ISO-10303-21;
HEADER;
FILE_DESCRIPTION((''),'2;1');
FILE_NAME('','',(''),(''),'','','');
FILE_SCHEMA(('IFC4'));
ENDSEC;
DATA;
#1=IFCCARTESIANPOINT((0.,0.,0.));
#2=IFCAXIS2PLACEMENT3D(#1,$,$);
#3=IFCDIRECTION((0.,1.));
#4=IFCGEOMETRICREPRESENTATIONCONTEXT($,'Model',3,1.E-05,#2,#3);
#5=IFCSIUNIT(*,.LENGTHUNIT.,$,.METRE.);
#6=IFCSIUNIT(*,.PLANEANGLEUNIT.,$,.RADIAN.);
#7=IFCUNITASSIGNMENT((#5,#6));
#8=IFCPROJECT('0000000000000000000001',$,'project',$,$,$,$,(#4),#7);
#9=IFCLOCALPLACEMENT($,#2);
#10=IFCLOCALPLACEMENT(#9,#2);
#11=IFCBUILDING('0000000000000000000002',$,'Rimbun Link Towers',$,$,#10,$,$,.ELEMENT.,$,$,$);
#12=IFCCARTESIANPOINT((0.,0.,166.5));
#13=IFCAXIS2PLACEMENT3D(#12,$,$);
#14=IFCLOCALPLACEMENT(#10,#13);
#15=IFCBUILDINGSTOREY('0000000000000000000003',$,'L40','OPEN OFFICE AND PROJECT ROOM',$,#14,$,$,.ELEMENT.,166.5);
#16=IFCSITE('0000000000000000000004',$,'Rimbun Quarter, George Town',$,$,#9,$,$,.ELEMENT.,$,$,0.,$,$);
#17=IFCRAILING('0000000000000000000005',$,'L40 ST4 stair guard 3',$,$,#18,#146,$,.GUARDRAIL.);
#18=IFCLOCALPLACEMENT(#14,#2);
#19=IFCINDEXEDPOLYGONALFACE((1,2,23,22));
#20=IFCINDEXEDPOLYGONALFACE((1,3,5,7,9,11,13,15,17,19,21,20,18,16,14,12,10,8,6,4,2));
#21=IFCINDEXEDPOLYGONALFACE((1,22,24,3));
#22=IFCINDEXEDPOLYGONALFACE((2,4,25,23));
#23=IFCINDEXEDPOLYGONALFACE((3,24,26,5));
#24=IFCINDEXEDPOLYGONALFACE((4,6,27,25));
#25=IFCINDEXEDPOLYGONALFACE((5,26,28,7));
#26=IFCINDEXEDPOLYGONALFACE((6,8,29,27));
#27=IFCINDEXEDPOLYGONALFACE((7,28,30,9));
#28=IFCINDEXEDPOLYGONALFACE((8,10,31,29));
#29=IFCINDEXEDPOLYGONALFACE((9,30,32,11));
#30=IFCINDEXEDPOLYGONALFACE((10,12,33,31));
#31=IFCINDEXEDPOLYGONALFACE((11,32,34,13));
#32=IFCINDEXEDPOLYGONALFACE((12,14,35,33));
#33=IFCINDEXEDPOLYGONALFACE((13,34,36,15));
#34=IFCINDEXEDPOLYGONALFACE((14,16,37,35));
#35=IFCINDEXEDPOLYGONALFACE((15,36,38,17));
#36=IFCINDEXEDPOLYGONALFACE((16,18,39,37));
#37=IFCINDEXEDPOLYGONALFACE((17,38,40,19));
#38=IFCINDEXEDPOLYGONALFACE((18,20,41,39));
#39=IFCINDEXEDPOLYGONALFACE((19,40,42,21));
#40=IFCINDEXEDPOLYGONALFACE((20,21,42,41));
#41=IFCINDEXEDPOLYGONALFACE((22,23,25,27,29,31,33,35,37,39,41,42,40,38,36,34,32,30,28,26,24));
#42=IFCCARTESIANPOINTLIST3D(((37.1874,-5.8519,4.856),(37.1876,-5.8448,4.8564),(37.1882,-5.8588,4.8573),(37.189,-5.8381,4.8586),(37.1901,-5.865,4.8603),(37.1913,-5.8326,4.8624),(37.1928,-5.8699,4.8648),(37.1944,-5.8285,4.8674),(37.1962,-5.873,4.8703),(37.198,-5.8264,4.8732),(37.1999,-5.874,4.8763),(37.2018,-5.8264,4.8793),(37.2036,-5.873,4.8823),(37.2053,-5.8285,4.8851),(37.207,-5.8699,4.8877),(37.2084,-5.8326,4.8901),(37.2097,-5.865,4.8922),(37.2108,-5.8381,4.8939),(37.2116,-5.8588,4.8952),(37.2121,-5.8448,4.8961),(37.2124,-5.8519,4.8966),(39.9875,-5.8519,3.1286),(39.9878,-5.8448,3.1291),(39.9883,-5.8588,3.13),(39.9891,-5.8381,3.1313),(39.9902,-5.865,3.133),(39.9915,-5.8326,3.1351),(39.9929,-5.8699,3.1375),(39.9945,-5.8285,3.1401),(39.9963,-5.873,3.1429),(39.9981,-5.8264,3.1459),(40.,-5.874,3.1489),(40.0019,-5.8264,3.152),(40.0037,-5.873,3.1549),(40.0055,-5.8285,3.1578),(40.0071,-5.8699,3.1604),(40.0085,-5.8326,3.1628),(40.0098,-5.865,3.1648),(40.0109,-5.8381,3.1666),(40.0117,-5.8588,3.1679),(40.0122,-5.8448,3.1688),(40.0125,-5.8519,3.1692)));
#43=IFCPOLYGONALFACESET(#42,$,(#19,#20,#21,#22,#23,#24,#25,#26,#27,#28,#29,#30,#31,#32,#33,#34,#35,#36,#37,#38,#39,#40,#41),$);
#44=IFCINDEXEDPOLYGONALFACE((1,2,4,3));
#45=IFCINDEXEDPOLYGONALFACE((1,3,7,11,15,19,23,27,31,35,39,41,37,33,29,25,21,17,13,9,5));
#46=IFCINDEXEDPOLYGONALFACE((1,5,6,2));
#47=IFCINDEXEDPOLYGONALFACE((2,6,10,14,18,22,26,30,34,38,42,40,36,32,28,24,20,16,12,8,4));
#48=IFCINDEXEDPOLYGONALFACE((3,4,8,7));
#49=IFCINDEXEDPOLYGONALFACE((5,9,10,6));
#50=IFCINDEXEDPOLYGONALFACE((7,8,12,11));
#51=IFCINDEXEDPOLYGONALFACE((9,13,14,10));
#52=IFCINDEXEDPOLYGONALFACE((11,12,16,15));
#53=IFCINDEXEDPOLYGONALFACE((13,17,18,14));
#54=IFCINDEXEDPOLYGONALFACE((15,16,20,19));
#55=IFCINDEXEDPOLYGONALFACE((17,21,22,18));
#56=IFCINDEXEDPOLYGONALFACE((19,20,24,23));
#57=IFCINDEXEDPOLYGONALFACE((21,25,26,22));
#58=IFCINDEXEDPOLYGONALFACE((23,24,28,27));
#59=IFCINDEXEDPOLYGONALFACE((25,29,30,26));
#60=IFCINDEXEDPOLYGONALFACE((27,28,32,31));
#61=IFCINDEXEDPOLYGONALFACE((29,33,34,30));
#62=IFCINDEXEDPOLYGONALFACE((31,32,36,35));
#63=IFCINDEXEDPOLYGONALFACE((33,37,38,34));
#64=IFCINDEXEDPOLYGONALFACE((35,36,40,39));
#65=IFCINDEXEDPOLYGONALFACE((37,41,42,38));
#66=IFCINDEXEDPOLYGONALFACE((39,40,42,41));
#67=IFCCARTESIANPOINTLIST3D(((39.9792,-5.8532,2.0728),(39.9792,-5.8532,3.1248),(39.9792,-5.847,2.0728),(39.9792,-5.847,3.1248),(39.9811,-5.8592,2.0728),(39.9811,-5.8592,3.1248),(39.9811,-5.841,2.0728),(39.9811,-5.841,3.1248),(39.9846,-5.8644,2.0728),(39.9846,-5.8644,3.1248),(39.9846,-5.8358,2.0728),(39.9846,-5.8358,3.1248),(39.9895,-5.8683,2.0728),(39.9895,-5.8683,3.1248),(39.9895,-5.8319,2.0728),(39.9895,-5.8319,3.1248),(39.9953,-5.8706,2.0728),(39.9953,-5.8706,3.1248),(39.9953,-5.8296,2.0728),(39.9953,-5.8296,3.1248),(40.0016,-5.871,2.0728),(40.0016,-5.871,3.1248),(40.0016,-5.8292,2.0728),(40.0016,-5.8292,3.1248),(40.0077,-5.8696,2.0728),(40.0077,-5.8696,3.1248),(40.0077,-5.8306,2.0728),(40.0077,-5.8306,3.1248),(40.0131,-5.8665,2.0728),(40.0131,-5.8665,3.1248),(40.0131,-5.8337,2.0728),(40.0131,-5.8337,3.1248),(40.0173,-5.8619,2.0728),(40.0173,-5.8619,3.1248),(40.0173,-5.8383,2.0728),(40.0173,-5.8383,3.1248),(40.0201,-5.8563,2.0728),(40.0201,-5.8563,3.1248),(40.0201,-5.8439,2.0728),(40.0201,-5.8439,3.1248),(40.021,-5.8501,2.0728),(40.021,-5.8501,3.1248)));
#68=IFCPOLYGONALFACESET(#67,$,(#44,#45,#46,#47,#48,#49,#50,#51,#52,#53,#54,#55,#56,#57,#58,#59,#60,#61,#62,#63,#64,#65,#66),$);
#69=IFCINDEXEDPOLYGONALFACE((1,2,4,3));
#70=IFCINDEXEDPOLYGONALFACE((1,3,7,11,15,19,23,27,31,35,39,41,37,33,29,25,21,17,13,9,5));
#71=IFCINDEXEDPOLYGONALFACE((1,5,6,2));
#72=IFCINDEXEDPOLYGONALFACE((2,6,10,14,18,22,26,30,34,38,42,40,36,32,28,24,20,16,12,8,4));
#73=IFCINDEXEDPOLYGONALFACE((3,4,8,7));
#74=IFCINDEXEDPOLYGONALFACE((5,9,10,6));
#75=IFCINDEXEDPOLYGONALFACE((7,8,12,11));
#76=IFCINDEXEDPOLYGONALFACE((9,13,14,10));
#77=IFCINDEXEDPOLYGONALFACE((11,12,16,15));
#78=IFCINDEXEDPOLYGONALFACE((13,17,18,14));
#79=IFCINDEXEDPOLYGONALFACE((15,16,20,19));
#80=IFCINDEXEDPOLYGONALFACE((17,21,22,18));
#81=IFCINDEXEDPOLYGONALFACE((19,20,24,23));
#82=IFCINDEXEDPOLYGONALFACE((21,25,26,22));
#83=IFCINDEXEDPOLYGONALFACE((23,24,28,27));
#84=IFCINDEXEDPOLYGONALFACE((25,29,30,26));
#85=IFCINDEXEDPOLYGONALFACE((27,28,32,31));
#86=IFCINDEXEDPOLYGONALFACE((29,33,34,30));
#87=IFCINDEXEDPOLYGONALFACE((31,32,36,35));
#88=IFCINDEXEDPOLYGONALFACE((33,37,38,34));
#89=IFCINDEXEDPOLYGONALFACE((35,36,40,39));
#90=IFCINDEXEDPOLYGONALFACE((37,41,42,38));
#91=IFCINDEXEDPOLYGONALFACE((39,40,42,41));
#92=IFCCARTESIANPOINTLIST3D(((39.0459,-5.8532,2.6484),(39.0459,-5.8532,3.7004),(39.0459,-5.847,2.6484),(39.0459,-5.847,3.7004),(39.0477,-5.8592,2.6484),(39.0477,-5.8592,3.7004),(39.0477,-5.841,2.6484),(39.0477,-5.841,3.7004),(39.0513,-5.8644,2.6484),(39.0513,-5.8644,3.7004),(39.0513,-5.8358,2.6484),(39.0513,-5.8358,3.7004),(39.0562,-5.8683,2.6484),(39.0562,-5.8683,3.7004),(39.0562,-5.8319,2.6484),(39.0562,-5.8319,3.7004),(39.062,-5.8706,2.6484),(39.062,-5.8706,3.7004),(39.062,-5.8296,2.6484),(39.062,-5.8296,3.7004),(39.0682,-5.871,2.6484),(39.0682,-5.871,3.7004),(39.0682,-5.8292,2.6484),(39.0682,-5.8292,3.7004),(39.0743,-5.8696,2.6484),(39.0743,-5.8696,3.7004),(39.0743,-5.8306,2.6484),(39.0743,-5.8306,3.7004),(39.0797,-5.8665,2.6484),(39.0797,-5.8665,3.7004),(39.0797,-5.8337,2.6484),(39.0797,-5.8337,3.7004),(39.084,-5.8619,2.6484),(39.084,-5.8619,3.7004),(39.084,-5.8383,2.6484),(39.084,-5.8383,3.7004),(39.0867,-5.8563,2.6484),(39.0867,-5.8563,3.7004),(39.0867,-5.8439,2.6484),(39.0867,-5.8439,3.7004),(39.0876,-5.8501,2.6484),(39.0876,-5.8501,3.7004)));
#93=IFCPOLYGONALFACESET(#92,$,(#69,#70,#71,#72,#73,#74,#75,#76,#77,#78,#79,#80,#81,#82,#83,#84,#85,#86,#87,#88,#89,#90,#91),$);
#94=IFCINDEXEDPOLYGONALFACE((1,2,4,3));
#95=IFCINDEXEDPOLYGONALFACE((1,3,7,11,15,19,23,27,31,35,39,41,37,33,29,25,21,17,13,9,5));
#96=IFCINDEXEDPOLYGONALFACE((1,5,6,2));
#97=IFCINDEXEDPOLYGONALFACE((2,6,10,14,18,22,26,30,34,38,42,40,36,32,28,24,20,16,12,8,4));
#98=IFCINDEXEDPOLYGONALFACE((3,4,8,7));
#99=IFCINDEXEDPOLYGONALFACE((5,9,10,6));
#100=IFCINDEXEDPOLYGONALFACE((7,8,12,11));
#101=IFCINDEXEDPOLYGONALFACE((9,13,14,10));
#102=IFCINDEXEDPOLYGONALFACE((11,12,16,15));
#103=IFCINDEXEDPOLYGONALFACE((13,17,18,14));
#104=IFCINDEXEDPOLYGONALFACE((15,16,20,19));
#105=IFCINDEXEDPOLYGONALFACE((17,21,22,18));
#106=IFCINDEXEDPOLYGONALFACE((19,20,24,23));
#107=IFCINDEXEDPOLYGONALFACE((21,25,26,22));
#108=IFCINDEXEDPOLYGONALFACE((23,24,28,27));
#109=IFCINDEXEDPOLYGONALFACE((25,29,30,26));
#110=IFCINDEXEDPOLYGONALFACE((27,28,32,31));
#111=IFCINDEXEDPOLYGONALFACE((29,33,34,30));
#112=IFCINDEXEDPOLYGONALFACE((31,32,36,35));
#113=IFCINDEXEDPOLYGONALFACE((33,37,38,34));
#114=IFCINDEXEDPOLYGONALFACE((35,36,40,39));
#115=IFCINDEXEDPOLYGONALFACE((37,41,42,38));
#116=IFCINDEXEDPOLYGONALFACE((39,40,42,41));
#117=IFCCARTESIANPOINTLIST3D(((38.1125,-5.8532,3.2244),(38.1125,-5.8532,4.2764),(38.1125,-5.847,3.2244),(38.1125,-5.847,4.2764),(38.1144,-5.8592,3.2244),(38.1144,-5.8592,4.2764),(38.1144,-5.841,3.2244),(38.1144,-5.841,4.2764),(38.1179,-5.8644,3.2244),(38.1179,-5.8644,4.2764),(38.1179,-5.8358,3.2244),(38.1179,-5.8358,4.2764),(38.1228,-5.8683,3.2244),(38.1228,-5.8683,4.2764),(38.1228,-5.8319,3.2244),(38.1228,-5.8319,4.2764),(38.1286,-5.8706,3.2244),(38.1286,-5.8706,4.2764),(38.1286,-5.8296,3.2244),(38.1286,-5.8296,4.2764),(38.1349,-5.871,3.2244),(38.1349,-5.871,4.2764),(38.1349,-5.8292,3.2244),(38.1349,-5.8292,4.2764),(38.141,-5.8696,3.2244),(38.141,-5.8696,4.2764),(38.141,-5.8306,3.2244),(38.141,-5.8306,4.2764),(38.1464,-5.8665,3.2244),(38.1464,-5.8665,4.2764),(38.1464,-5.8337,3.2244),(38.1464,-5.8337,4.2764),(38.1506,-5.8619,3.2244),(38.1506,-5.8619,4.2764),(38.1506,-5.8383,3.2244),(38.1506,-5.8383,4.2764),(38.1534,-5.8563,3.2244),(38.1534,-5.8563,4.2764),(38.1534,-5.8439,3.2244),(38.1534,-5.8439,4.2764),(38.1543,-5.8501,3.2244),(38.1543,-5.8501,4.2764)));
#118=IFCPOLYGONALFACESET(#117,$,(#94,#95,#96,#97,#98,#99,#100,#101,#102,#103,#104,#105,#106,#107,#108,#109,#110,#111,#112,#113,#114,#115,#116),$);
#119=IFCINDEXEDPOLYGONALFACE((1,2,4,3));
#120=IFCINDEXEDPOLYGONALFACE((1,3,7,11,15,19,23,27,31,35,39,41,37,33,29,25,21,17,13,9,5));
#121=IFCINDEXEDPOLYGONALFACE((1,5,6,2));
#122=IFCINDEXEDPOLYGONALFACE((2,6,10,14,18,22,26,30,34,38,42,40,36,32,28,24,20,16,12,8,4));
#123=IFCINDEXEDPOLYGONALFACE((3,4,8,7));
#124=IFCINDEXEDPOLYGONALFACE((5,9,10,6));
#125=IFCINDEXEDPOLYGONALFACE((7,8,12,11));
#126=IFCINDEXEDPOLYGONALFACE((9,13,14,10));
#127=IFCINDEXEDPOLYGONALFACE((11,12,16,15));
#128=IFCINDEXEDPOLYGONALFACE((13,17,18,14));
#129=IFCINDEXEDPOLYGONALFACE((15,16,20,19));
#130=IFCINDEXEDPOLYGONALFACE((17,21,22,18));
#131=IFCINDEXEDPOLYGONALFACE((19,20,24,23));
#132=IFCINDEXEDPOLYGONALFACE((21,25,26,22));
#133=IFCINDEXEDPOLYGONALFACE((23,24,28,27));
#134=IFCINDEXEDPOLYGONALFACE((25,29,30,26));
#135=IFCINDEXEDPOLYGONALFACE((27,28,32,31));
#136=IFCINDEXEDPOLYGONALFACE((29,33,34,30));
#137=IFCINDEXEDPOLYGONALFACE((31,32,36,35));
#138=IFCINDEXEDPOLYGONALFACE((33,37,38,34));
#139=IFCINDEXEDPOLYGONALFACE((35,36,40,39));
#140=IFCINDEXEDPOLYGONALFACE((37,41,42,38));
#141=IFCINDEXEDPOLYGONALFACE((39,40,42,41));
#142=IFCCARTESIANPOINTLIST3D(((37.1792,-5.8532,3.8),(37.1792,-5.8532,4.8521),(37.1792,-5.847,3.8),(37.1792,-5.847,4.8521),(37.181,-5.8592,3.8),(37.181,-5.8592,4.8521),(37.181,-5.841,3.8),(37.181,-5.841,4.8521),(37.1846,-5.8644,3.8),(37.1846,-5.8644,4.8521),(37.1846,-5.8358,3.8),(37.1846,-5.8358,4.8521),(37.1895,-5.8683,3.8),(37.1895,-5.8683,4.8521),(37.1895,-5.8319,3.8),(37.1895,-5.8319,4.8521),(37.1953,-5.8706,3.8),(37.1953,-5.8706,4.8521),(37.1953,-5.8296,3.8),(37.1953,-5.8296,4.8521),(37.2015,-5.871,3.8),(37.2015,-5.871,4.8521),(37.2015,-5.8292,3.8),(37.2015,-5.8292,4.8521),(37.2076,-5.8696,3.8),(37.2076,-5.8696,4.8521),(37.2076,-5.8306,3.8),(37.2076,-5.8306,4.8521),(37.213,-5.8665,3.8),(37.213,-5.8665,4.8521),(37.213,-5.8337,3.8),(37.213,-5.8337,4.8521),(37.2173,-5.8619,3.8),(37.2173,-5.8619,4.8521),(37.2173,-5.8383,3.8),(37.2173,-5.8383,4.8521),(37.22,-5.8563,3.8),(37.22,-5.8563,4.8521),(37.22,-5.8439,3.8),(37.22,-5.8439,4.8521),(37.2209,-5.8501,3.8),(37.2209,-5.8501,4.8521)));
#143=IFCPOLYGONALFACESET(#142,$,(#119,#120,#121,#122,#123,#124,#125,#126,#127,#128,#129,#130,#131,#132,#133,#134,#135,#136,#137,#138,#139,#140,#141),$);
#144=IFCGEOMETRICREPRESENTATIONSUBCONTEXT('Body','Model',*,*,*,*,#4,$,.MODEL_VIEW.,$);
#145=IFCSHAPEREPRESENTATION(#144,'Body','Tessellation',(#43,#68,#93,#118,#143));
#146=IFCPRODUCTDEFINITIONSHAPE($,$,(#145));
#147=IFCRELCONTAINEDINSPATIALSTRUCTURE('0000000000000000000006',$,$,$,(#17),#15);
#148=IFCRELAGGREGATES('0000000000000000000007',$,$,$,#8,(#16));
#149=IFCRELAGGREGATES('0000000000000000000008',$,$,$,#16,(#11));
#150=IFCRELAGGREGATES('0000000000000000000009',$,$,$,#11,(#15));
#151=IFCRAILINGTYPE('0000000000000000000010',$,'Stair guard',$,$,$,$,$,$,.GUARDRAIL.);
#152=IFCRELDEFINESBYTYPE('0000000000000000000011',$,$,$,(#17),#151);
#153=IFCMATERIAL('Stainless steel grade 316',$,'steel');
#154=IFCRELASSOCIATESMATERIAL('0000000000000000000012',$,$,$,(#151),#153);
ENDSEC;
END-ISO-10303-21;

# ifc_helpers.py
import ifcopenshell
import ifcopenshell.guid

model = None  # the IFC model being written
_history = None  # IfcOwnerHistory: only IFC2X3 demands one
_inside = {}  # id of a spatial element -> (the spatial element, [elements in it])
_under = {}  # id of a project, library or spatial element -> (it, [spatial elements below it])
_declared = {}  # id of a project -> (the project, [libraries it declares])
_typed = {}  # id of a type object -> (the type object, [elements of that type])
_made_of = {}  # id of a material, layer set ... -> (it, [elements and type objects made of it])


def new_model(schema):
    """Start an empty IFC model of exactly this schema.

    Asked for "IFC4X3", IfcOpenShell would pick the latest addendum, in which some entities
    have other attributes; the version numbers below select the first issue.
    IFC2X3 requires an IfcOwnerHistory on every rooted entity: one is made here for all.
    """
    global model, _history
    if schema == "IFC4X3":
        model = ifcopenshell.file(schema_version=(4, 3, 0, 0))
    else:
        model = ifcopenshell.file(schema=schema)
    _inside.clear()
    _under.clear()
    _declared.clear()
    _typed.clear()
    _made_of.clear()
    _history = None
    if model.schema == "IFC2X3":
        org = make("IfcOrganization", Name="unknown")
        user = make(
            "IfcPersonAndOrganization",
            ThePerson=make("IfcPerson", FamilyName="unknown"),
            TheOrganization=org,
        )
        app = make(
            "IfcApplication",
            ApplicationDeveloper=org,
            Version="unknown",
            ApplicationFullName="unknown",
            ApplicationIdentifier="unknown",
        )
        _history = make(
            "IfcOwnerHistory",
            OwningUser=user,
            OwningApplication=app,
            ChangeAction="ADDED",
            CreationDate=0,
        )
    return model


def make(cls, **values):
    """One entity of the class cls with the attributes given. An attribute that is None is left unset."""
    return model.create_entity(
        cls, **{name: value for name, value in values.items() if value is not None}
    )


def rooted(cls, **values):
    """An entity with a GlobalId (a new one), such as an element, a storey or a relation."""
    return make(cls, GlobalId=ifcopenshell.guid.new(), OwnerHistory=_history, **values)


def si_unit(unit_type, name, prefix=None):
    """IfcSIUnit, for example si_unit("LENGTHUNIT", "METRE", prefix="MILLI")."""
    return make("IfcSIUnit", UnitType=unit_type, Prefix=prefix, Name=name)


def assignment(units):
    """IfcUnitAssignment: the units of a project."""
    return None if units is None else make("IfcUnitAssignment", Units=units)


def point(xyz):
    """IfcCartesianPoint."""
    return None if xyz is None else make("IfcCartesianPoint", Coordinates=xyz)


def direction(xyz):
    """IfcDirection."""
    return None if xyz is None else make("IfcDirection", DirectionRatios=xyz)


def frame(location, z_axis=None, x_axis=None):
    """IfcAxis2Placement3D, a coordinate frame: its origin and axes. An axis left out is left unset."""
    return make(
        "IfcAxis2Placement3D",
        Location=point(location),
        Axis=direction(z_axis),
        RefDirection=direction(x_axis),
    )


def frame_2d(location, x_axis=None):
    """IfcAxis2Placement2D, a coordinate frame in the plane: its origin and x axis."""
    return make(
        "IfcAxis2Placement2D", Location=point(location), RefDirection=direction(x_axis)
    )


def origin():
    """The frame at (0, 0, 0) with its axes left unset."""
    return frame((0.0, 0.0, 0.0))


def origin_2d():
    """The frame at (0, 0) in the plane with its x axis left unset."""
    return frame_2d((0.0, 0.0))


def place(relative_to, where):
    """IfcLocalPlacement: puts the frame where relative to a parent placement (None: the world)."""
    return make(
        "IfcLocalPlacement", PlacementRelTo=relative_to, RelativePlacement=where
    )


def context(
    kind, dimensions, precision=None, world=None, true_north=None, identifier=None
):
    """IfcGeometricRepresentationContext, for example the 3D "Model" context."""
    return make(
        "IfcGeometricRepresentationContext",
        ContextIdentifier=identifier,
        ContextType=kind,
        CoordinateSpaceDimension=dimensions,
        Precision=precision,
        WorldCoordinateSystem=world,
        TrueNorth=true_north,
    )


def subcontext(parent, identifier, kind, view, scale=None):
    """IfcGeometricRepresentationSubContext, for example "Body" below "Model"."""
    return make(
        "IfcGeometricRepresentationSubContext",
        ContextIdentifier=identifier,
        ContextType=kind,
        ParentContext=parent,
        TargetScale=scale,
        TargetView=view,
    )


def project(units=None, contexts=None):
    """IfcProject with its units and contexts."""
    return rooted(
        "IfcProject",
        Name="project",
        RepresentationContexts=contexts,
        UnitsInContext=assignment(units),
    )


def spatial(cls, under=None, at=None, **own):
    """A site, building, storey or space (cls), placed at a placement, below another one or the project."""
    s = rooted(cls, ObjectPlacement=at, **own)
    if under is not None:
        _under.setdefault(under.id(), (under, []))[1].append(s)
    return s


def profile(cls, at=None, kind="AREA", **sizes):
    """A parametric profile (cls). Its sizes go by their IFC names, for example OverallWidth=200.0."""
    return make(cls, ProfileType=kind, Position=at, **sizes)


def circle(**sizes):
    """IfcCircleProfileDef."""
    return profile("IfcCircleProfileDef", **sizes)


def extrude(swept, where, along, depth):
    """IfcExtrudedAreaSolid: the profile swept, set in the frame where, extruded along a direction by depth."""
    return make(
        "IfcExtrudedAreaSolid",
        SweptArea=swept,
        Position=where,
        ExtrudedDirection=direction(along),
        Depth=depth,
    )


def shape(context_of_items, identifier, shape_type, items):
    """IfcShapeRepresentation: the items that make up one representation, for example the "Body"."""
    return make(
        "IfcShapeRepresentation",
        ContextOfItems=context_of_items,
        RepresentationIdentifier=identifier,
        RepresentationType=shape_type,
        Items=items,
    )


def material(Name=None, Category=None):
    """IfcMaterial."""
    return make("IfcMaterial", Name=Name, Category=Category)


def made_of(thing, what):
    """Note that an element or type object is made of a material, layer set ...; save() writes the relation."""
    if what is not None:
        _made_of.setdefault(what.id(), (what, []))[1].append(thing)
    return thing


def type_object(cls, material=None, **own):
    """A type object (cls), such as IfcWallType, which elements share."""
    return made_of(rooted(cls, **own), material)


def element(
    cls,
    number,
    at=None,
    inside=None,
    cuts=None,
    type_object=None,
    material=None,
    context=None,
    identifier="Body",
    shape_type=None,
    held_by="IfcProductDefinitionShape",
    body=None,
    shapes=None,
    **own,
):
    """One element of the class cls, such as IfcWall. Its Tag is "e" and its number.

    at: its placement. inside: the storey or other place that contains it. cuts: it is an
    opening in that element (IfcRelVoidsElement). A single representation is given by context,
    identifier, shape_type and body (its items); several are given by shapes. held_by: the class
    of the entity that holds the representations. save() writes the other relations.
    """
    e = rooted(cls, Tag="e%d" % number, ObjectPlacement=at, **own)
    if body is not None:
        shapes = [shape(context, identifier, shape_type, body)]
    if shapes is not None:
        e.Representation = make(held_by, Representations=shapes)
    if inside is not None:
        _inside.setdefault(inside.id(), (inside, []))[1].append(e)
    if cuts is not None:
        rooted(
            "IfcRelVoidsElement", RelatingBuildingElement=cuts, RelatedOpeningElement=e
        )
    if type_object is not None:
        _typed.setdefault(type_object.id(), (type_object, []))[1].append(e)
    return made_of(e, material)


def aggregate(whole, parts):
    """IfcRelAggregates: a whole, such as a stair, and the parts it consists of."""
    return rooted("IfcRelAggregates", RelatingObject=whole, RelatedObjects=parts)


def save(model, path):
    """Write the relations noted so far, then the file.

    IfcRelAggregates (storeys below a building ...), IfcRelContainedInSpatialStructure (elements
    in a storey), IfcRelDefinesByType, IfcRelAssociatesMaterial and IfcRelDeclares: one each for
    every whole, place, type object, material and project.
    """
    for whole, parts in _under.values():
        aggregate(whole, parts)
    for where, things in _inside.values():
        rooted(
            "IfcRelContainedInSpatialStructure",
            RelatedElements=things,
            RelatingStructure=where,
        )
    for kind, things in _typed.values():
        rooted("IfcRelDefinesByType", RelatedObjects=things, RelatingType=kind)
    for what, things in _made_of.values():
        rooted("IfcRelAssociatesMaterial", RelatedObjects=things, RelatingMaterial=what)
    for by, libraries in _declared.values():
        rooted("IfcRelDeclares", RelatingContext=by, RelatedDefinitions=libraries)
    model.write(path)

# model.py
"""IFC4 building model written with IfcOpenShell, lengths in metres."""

from ifc_helpers import new_model, si_unit, direction, frame, origin, origin_2d, place, context, subcontext, project, spatial, circle, extrude, material, type_object, element, save


model = new_model("IFC4")

# Units and contexts
model_context = context("Model", 3, precision=1e-05, world=origin(), true_north=direction((0.0, 1.0)))
body_context = subcontext(model_context, "Body", "Model", "MODEL_VIEW")
ifc_project = project(units=[si_unit("LENGTHUNIT", "METRE"), si_unit("PLANEANGLEUNIT", "RADIAN")], contexts=[model_context])

# Site, building, storey
site_placement = place(None, origin())
site = spatial("IfcSite", under=ifc_project, at=site_placement, Name="Rimbun Quarter, George Town", CompositionType="ELEMENT", RefElevation=0.0)
building_placement = place(site_placement, origin())
building = spatial("IfcBuilding", under=site, at=building_placement, Name="Rimbun Link Towers", CompositionType="ELEMENT")
storey_placement = place(building_placement, frame((0.0, 0.0, 166.5)))
storey = spatial("IfcBuildingStorey", under=building, at=storey_placement, Name="L40", Description="OPEN OFFICE AND PROJECT ROOM", CompositionType="ELEMENT", Elevation=166.5)

# Railing
ifc_material_1 = material(Name="Stainless steel grade 316", Category="steel")
railing_type_1 = type_object("IfcRailingType", Name="Stair guard", PredefinedType="GUARDRAIL", material=ifc_material_1)
railing_1_placement = place(storey_placement, frame((40.0, -5.8501, 2.0728)))
element("IfcRailing", 1, at=railing_1_placement, inside=storey, type_object=railing_type_1, Name="L40 ST4 stair guard 3", PredefinedType="GUARDRAIL", context=body_context, shape_type="SweptSolid", body=[
    extrude(circle(Radius=0.0239, at=origin_2d()), frame((0.0, 0.0, 1.0762), z_axis=(-0.85109, 0.0, 0.52502), x_axis=(0.0, -1.0, 0.0)), (0.0, 0.0, 1.0), 3.29),
    extrude(circle(Radius=0.021, at=origin_2d()), origin(), (0.0, 0.0, 1.0), 1.052),
    extrude(circle(Radius=0.021, at=origin_2d()), frame((-0.9333, 0.0, 0.5757)), (0.0, 0.0, 1.0), 1.052),
    extrude(circle(Radius=0.021, at=origin_2d()), frame((-1.8667, 0.0, 1.1516)), (0.0, 0.0, 1.0), 1.052),
    extrude(circle(Radius=0.021, at=origin_2d()), frame((-2.8, 0.0, 1.7273)), (0.0, 0.0, 1.0), 1.052),
])

save(model, "model.ifc")
